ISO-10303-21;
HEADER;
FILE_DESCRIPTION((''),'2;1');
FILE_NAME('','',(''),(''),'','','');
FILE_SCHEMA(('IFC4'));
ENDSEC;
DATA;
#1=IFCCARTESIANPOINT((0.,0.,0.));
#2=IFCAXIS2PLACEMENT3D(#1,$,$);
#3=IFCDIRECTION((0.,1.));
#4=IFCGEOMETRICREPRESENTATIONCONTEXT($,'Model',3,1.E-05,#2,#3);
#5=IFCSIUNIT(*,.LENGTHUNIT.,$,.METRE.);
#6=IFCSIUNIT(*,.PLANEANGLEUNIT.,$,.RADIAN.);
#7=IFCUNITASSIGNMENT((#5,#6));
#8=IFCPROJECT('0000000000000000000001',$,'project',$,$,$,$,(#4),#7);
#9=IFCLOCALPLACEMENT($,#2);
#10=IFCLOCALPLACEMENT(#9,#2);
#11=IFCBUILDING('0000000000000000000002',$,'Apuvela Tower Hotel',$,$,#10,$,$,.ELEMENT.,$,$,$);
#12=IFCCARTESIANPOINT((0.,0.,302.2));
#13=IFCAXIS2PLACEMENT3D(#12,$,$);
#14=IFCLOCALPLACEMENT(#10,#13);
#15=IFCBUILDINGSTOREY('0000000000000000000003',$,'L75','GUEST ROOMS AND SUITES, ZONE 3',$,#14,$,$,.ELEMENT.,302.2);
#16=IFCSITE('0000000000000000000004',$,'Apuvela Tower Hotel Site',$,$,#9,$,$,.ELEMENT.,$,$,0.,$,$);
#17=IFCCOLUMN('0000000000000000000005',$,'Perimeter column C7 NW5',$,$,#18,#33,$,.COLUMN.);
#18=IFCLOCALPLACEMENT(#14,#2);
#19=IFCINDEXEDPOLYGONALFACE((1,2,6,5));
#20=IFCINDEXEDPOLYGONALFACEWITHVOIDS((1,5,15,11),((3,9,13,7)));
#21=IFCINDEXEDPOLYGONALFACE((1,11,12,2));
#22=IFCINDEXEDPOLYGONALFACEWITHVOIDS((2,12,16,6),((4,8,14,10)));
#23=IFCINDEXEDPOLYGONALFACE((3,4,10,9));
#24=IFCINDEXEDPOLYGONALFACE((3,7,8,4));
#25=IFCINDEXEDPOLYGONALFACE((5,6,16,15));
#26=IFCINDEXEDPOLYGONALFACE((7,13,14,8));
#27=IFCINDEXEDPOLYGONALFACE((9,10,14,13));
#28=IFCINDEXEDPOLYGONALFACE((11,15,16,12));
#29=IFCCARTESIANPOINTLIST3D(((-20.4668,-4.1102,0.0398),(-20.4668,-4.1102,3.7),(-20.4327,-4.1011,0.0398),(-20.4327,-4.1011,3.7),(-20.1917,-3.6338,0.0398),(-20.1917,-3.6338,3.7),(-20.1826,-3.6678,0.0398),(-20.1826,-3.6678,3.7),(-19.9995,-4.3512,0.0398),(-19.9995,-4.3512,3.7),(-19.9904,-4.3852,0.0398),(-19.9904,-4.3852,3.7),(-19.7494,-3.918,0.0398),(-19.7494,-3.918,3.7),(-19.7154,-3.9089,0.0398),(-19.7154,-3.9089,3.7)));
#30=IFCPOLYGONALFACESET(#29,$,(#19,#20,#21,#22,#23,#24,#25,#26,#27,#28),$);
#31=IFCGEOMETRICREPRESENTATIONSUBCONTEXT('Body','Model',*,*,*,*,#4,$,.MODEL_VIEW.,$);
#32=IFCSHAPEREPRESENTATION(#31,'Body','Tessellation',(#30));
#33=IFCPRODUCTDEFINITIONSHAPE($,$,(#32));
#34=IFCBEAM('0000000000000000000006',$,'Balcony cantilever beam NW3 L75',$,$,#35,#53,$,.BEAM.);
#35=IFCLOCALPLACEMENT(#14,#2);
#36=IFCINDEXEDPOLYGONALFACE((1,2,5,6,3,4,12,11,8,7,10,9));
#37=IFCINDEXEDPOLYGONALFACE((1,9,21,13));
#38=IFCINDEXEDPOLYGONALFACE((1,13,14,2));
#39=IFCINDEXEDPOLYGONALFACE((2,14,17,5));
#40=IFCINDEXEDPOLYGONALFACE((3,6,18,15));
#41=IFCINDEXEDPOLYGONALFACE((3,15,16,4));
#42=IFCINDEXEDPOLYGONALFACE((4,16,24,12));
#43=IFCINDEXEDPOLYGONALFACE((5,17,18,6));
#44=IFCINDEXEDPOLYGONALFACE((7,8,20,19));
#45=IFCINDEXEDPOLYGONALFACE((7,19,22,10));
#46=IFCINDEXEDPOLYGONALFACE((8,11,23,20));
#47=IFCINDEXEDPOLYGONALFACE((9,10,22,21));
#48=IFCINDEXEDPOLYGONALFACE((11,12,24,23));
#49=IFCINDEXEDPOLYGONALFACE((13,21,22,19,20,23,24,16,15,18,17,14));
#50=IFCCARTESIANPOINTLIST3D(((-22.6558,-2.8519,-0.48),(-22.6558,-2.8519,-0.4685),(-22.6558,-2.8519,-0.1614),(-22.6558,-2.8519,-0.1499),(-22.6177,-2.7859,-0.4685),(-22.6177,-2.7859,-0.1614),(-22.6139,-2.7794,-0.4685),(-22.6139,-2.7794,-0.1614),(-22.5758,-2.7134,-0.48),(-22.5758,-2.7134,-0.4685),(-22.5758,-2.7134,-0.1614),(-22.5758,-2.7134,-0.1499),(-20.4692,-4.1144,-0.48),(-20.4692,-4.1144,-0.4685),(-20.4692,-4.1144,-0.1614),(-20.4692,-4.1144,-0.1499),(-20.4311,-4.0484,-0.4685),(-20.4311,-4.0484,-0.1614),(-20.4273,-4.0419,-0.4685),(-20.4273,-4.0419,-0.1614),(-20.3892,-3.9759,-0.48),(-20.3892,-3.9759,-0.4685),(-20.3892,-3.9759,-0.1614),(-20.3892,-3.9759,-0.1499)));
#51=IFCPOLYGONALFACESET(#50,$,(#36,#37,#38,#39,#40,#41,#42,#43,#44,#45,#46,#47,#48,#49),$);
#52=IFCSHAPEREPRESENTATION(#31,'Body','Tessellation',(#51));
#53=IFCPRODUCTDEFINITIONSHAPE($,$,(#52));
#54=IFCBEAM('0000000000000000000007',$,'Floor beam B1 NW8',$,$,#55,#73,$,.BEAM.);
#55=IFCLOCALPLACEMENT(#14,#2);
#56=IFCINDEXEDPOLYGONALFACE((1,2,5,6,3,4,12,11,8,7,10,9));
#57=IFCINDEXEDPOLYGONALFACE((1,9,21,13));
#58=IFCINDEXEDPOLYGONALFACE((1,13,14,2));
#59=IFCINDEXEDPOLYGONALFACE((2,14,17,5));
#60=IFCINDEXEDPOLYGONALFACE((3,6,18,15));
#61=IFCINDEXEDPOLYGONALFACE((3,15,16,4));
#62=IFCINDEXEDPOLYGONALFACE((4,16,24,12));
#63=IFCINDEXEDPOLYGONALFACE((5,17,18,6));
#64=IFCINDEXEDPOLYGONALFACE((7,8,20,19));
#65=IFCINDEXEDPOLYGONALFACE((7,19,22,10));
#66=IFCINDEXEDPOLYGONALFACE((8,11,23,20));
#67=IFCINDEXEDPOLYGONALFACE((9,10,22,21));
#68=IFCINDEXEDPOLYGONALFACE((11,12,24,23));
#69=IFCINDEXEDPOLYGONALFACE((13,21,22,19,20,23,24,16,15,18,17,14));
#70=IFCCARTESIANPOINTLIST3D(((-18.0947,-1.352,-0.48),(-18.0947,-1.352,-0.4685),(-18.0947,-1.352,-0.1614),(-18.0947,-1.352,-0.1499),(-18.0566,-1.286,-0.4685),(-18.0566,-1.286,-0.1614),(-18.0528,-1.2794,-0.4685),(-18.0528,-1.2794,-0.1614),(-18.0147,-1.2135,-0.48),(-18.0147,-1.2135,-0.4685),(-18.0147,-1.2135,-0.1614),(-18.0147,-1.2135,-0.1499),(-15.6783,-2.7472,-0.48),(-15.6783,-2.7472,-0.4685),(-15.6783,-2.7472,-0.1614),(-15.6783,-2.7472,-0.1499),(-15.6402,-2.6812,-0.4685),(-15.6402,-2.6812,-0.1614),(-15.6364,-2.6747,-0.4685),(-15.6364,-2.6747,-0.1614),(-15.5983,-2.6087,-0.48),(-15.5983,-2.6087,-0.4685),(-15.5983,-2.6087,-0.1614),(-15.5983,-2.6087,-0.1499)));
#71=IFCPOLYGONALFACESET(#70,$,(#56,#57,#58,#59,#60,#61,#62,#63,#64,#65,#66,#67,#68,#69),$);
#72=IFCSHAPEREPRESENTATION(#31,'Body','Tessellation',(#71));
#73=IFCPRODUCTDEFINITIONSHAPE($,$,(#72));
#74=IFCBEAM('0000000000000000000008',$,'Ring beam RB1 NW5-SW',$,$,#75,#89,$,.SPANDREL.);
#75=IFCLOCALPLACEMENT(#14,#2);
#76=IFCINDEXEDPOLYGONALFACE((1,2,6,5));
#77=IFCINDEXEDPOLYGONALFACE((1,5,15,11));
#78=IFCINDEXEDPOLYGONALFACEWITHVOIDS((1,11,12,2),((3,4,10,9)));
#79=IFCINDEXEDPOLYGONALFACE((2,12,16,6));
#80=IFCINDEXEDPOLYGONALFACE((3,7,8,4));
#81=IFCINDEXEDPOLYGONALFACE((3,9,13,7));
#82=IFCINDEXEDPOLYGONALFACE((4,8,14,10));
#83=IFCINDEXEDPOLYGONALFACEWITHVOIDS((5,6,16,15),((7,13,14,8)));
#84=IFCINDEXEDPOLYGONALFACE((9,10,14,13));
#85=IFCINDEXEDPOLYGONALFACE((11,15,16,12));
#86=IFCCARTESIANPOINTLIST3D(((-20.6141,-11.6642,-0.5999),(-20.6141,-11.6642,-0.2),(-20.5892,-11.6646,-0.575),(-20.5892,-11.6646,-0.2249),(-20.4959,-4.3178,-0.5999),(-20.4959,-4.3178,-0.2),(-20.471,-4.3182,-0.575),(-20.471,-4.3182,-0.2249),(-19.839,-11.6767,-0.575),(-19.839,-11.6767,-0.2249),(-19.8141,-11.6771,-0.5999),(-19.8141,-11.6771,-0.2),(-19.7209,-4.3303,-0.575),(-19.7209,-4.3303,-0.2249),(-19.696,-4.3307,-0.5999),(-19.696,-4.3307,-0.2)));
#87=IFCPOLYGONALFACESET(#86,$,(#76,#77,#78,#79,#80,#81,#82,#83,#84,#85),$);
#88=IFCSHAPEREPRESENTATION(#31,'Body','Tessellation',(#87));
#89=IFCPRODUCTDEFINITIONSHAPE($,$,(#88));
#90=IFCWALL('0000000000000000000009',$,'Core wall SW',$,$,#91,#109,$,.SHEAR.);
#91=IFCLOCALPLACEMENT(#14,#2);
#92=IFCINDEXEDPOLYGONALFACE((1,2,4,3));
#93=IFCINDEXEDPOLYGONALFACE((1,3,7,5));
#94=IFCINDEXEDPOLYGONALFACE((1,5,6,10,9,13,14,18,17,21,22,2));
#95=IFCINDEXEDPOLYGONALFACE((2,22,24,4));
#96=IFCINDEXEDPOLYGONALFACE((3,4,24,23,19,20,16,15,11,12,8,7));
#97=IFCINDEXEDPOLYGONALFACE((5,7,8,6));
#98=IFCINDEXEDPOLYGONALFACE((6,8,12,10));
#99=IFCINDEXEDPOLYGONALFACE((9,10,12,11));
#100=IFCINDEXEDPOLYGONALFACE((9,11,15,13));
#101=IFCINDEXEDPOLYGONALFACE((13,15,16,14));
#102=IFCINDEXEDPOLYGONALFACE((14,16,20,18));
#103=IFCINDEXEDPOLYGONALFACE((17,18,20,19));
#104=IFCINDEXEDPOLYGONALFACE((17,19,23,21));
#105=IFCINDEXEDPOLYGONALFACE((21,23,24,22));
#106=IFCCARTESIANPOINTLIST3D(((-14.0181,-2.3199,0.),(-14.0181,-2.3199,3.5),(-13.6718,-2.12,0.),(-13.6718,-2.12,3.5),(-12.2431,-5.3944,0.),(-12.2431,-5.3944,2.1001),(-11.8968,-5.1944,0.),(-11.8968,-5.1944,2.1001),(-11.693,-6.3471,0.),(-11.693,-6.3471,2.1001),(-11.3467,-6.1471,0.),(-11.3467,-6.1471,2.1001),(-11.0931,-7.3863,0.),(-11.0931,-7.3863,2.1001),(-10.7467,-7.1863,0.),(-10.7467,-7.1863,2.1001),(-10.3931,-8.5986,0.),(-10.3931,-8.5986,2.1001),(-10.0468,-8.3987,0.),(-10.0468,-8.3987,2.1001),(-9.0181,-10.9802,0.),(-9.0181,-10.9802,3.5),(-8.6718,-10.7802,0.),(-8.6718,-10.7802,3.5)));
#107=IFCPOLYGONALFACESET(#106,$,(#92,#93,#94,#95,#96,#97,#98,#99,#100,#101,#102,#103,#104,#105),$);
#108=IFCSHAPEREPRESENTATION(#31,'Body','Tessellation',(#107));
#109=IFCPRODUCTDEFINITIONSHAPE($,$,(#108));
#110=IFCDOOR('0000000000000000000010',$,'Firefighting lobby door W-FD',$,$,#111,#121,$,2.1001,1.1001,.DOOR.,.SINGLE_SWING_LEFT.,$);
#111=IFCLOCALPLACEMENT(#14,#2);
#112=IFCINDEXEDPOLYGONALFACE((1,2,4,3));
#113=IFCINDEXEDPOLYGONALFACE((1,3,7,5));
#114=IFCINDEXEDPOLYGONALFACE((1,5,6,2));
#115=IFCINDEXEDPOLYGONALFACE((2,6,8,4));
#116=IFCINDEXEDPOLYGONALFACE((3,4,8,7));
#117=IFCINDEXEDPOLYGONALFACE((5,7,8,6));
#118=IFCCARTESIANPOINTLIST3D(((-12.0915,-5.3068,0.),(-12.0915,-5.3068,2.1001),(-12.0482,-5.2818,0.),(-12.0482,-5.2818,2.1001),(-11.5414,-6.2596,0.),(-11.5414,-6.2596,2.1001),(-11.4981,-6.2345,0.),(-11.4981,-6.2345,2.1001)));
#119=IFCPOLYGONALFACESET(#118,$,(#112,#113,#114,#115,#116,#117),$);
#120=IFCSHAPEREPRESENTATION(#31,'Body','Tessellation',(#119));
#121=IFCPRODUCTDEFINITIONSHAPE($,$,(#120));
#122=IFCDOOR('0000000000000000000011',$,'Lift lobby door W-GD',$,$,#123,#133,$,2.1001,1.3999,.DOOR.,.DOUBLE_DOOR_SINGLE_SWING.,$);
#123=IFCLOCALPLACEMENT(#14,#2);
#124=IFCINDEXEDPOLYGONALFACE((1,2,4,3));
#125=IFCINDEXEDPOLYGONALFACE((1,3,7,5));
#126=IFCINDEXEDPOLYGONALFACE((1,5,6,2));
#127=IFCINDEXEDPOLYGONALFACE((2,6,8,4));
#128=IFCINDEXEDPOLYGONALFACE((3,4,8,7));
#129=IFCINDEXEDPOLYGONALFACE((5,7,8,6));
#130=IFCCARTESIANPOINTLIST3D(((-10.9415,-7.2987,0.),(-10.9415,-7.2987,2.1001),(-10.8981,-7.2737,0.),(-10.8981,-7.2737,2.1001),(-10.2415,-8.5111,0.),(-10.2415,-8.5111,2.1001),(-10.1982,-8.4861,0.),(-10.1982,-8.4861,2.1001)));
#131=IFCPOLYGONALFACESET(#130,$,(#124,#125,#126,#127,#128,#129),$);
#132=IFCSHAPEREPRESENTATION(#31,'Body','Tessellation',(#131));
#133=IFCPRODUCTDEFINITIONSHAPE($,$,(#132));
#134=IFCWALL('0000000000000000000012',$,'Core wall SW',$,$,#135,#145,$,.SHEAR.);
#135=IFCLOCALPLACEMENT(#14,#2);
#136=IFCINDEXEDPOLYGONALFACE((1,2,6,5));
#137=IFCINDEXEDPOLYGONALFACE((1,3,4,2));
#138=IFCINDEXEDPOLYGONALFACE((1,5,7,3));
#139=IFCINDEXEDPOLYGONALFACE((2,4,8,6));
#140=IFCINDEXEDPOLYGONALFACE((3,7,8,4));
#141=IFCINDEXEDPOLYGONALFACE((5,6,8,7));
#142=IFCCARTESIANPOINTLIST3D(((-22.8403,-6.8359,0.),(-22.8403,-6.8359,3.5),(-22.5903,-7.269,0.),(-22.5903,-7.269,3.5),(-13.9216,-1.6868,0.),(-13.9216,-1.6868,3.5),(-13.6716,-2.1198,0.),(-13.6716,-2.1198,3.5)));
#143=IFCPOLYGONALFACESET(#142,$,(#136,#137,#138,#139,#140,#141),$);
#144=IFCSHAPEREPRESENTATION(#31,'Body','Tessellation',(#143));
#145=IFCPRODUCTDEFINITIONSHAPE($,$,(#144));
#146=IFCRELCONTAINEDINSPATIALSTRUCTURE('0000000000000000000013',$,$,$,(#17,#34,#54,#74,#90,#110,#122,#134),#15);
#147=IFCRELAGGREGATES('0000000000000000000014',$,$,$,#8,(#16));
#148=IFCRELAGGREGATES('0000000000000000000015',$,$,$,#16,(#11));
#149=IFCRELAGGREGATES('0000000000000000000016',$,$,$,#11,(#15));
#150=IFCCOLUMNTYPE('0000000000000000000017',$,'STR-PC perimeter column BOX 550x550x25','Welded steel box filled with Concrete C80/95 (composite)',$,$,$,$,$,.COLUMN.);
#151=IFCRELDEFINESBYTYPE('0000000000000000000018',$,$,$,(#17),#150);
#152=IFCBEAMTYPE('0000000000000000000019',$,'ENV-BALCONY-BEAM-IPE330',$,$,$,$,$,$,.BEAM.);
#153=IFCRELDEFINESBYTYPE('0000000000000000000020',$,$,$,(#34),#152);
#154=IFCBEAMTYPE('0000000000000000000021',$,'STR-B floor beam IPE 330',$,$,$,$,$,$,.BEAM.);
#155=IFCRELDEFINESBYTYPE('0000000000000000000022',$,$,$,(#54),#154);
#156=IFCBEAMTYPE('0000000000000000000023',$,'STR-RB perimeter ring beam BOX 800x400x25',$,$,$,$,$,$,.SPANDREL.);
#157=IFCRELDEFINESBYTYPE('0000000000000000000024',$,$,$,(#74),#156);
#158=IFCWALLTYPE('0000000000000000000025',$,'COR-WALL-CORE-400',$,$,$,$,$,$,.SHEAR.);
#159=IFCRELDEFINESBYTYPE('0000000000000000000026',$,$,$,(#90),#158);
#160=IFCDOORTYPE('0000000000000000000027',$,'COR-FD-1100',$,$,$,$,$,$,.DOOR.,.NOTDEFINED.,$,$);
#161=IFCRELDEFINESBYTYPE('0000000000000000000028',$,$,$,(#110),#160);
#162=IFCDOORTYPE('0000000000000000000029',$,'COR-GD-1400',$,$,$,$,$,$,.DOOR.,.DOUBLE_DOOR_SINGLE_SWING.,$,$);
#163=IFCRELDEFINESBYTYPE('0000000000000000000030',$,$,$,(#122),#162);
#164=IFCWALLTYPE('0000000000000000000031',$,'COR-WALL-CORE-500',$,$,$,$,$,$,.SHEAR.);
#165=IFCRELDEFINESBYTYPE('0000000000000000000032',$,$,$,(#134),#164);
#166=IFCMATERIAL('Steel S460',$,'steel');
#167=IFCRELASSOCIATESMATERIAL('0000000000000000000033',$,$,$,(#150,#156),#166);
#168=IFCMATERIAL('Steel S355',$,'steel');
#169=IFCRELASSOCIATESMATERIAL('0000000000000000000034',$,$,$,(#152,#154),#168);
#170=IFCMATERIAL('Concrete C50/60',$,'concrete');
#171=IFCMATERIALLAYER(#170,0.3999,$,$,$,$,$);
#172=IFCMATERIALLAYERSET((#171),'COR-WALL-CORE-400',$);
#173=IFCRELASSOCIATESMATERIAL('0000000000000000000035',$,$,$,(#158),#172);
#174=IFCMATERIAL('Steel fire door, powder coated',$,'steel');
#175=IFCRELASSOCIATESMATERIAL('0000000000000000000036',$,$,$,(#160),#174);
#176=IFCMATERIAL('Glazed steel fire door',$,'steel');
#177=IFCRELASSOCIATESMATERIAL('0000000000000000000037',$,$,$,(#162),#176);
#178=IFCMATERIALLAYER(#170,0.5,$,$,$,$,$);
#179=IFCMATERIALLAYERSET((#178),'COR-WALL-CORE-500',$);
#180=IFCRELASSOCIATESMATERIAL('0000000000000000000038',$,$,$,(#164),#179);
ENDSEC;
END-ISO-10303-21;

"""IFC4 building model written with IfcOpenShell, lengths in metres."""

from ifc_helpers import new_model, si_unit, direction, frame, frame_2d, origin, origin_2d, place, context, subcontext, project, spatial, rectangle, hollow_rectangle, i_section, extrude, boolean, halfspace, material, layer, layer_set, material_profile, profile_set, type_object, element, fill, save


model = new_model("IFC4")

# Units and contexts
model_context = context("Model", 3, precision=1e-05, world=origin(), true_north=direction((0.0, 1.0)))
body_context = subcontext(model_context, "Body", "Model", "MODEL_VIEW")
ifc_project = project(units=[si_unit("LENGTHUNIT", "METRE"), si_unit("PLANEANGLEUNIT", "RADIAN")], contexts=[model_context])

# Site, building, storey
site_placement = place(None, origin())
site = spatial("IfcSite", under=ifc_project, at=site_placement, Name="Apuvela Tower Hotel Site", CompositionType="ELEMENT", RefElevation=0.0)
building_placement = place(site_placement, origin())
building = spatial("IfcBuilding", under=site, at=building_placement, Name="Apuvela Tower Hotel", CompositionType="ELEMENT")
storey_placement = place(building_placement, frame((0.0, 0.0, 302.2)))
storey = spatial("IfcBuildingStorey", under=building, at=storey_placement, Name="L75", Description="GUEST ROOMS AND SUITES, ZONE 3", CompositionType="ELEMENT", Elevation=302.2)

# Column
ifc_material_1 = material(Name="Steel S460", Category="steel")
ifc_material_profile_1 = material_profile(ifc_material_1, hollow_rectangle(XDim=0.55, YDim=0.55, WallThickness=0.0249, at=origin_2d()), Name="BOX 550x550x25")
ifc_material_2 = material(Name="Concrete C80/95", Category="concrete")
ifc_material_profile_2 = material_profile(ifc_material_2, rectangle(XDim=0.5, YDim=0.5, at=origin_2d()), Name="Concrete C80/95 infill")
ifc_profile_set_1 = profile_set([ifc_material_profile_1, ifc_material_profile_2], Name="Steel S460")
column_type = type_object("IfcColumnType", Name="STR-PC perimeter column BOX 550x550x25", Description="Welded steel box filled with Concrete C80/95 (composite)", PredefinedType="COLUMN", material=ifc_profile_set_1)
column_placement = place(storey_placement, frame((-20.0911, -4.0095, 0.0), z_axis=(0.0, 0.0, 1.0), x_axis=(0.5, 0.866025, 0.0)))
element("IfcColumn", 1, at=column_placement, inside=storey, type_object=column_type, Name="Perimeter column C7 NW5", PredefinedType="COLUMN", context=body_context, shape_type="SweptSolid", body=[
    boolean("DIFFERENCE", extrude(hollow_rectangle(XDim=0.55, YDim=0.55, WallThickness=0.0249, at=origin_2d()), origin(), (0.0, 0.0, 1.0), 3.7), halfspace(frame((0.0, 0.0, 0.0398), z_axis=(0.0, 0.0, 1.0), x_axis=(1.0, 0.0, 0.0)), True)),
])

# Beams
ifc_material_3 = material(Name="Steel S355", Category="steel")
ifc_material_profile_3 = material_profile(ifc_material_3, i_section(OverallWidth=0.1599, OverallDepth=0.3301, WebThickness=0.0076, FlangeThickness=0.0115, at=origin_2d()), Name="IPE 330")
ifc_profile_set_2 = profile_set([ifc_material_profile_3], Name="Steel S355")
beam_type_1 = type_object("IfcBeamType", Name="ENV-BALCONY-BEAM-IPE330", PredefinedType="BEAM", material=ifc_profile_set_2)
beam_1_placement = place(storey_placement, frame((-20.4292, -4.0452, -0.3149), z_axis=(-0.866015, 0.500018, 0.0), x_axis=(-0.500018, -0.866015, 0.0)))
element("IfcBeam", 2, at=beam_1_placement, inside=storey, type_object=beam_type_1, Name="Balcony cantilever beam NW3 L75", PredefinedType="BEAM", context=body_context, shape_type="SweptSolid", body=[
    extrude(i_section(OverallWidth=0.1599, OverallDepth=0.3301, WebThickness=0.0076, FlangeThickness=0.0115, at=origin_2d()), origin(), (0.0, 0.0, 1.0), 2.5249),
])
ifc_material_profile_4 = material_profile(ifc_material_3, i_section(OverallWidth=0.1599, OverallDepth=0.3301, WebThickness=0.0076, FlangeThickness=0.0115, at=origin_2d()), Name="IPE 330")
ifc_profile_set_3 = profile_set([ifc_material_profile_4], Name="Steel S355")
beam_type_2 = type_object("IfcBeamType", Name="STR-B floor beam IPE 330", PredefinedType="BEAM", material=ifc_profile_set_3)
beam_2_placement = place(storey_placement, frame((-18.0547, -1.2827, -0.3149), z_axis=(0.866011, -0.500025, 0.0), x_axis=(0.500025, 0.866011, 0.0)))
element("IfcBeam", 3, at=beam_2_placement, inside=storey, type_object=beam_type_2, Name="Floor beam B1 NW8", PredefinedType="BEAM", context=body_context, shape_type="SweptSolid", body=[
    extrude(i_section(OverallWidth=0.1599, OverallDepth=0.3301, WebThickness=0.0076, FlangeThickness=0.0115, at=origin_2d()), origin(), (0.0, 0.0, 1.0), 2.7903),
])
ifc_material_profile_5 = material_profile(ifc_material_1, hollow_rectangle(XDim=0.8, YDim=0.3999, WallThickness=0.0249, at=origin_2d()), Name="BOX 800x400x25")
ifc_profile_set_4 = profile_set([ifc_material_profile_5], Name="Steel S460")
beam_type_3 = type_object("IfcBeamType", Name="STR-RB perimeter ring beam BOX 800x400x25", PredefinedType="SPANDREL", material=ifc_profile_set_4)
beam_3_placement = place(storey_placement, frame((-20.0959, -4.3242, -0.3999), z_axis=(-0.016082, -0.999871, 0.0), x_axis=(0.999871, -0.016082, 0.0)))
element("IfcBeam", 4, at=beam_3_placement, inside=storey, type_object=beam_type_3, Name="Ring beam RB1 NW5-SW", PredefinedType="SPANDREL", context=body_context, shape_type="SweptSolid", body=[
    extrude(hollow_rectangle(XDim=0.8, YDim=0.3999, WallThickness=0.0249, at=origin_2d()), origin(), (0.0, 0.0, 1.0), 7.3474),
])

# Wall, openings, doors
ifc_material_4 = material(Name="Concrete C50/60", Category="concrete")
ifc_layer_1 = layer(ifc_material_4, 0.3999)
ifc_layer_set_1 = layer_set([ifc_layer_1], Name="COR-WALL-CORE-400")
wall_type_1 = type_object("IfcWallType", Name="COR-WALL-CORE-400", PredefinedType="SHEAR", material=ifc_layer_set_1)
wall_1_placement = place(storey_placement, frame((-13.845, -2.22, 0.0), z_axis=(0.0, 0.0, 1.0), x_axis=(0.500004, -0.866023, 0.0)))
wall_1 = element("IfcWall", 5, at=wall_1_placement, inside=storey, type_object=wall_type_1, Name="Core wall SW", PredefinedType="SHEAR", context=body_context, shape_type="SweptSolid", body=[
    extrude(rectangle(XDim=10.0, YDim=0.3999, at=frame_2d((5.0, 0.0))), origin(), (0.0, 0.0, 1.0), 3.5),
])
opening_1_placement = place(wall_1_placement, frame((3.55, 0.0, 0.0)))
opening_1 = element("IfcOpeningElement", 6, at=opening_1_placement, cuts=wall_1, PredefinedType="OPENING", context=body_context, shape_type="SweptSolid", body=[
    extrude(rectangle(XDim=1.1001, YDim=2.1001, at=frame_2d((0.55, 1.05))), frame((0.0, 0.21, 0.0), z_axis=(0.0, -1.0, 0.0), x_axis=(1.0, 0.0, 0.0)), (0.0, 0.0, 1.0), 0.4199),
])
opening_2_placement = place(wall_1_placement, frame((5.8501, 0.0, 0.0)))
opening_2 = element("IfcOpeningElement", 7, at=opening_2_placement, cuts=wall_1, PredefinedType="OPENING", context=body_context, shape_type="SweptSolid", body=[
    extrude(rectangle(XDim=1.3999, YDim=2.1001, at=frame_2d((0.7, 1.05))), frame((0.0, 0.21, 0.0), z_axis=(0.0, -1.0, 0.0), x_axis=(1.0, 0.0, 0.0)), (0.0, 0.0, 1.0), 0.4199),
])
ifc_material_5 = material(Name="Steel fire door, powder coated", Category="steel")
door_type_1 = type_object("IfcDoorType", Name="COR-FD-1100", OperationType="NOTDEFINED", PredefinedType="DOOR", material=ifc_material_5)
door_1_placement = place(opening_1_placement, frame((1.1001, 0.0, 0.0), z_axis=(0.0, 0.0, 1.0), x_axis=(-1.0, 0.0, 0.0)))
door_1 = element("IfcDoor", 8, at=door_1_placement, inside=storey, type_object=door_type_1, Name="Firefighting lobby door W-FD", OperationType="SINGLE_SWING_LEFT", OverallHeight=2.1001, OverallWidth=1.1001, PredefinedType="DOOR", context=body_context, shape_type="SweptSolid", body=[
    extrude(rectangle(XDim=1.1001, YDim=2.1001, at=frame_2d((0.55, 1.05))), frame((0.0, 0.0249, 0.0), z_axis=(0.0, -1.0, 0.0), x_axis=(1.0, 0.0, 0.0)), (0.0, 0.0, 1.0), 0.05),
])
fill(opening_1, door_1)
ifc_material_6 = material(Name="Glazed steel fire door", Category="steel")
door_type_2 = type_object("IfcDoorType", Name="COR-GD-1400", OperationType="DOUBLE_DOOR_SINGLE_SWING", PredefinedType="DOOR", material=ifc_material_6)
door_2_placement = place(opening_2_placement, frame((1.3999, 0.0, 0.0), z_axis=(0.0, 0.0, 1.0), x_axis=(-1.0, 0.0, 0.0)))
door_2 = element("IfcDoor", 9, at=door_2_placement, inside=storey, type_object=door_type_2, Name="Lift lobby door W-GD", OperationType="DOUBLE_DOOR_SINGLE_SWING", OverallHeight=2.1001, OverallWidth=1.3999, PredefinedType="DOOR", context=body_context, shape_type="SweptSolid", body=[
    extrude(rectangle(XDim=1.3999, YDim=2.1001, at=frame_2d((0.7, 1.05))), frame((0.0, 0.0249, 0.0), z_axis=(0.0, -1.0, 0.0), x_axis=(1.0, 0.0, 0.0)), (0.0, 0.0, 1.0), 0.05),
])
fill(opening_2, door_2)

# Wall
ifc_layer_2 = layer(ifc_material_4, 0.5)
ifc_layer_set_2 = layer_set([ifc_layer_2], Name="COR-WALL-CORE-500")
wall_type_2 = type_object("IfcWallType", Name="COR-WALL-CORE-500", PredefinedType="SHEAR", material=ifc_layer_set_2)
wall_2_placement = place(storey_placement, frame((-13.7966, -1.9033, 0.0), z_axis=(0.0, 0.0, 1.0), x_axis=(-0.866027, -0.499997, 0.0)))
element("IfcWall", 10, at=wall_2_placement, inside=storey, type_object=wall_type_2, Name="Core wall SW", PredefinedType="SHEAR", context=body_context, shape_type="SweptSolid", body=[
    extrude(rectangle(XDim=10.2983, YDim=0.5, at=frame_2d((5.1492, 0.0))), origin(), (0.0, 0.0, 1.0), 3.5),
])

save(model, "model.ifc")
